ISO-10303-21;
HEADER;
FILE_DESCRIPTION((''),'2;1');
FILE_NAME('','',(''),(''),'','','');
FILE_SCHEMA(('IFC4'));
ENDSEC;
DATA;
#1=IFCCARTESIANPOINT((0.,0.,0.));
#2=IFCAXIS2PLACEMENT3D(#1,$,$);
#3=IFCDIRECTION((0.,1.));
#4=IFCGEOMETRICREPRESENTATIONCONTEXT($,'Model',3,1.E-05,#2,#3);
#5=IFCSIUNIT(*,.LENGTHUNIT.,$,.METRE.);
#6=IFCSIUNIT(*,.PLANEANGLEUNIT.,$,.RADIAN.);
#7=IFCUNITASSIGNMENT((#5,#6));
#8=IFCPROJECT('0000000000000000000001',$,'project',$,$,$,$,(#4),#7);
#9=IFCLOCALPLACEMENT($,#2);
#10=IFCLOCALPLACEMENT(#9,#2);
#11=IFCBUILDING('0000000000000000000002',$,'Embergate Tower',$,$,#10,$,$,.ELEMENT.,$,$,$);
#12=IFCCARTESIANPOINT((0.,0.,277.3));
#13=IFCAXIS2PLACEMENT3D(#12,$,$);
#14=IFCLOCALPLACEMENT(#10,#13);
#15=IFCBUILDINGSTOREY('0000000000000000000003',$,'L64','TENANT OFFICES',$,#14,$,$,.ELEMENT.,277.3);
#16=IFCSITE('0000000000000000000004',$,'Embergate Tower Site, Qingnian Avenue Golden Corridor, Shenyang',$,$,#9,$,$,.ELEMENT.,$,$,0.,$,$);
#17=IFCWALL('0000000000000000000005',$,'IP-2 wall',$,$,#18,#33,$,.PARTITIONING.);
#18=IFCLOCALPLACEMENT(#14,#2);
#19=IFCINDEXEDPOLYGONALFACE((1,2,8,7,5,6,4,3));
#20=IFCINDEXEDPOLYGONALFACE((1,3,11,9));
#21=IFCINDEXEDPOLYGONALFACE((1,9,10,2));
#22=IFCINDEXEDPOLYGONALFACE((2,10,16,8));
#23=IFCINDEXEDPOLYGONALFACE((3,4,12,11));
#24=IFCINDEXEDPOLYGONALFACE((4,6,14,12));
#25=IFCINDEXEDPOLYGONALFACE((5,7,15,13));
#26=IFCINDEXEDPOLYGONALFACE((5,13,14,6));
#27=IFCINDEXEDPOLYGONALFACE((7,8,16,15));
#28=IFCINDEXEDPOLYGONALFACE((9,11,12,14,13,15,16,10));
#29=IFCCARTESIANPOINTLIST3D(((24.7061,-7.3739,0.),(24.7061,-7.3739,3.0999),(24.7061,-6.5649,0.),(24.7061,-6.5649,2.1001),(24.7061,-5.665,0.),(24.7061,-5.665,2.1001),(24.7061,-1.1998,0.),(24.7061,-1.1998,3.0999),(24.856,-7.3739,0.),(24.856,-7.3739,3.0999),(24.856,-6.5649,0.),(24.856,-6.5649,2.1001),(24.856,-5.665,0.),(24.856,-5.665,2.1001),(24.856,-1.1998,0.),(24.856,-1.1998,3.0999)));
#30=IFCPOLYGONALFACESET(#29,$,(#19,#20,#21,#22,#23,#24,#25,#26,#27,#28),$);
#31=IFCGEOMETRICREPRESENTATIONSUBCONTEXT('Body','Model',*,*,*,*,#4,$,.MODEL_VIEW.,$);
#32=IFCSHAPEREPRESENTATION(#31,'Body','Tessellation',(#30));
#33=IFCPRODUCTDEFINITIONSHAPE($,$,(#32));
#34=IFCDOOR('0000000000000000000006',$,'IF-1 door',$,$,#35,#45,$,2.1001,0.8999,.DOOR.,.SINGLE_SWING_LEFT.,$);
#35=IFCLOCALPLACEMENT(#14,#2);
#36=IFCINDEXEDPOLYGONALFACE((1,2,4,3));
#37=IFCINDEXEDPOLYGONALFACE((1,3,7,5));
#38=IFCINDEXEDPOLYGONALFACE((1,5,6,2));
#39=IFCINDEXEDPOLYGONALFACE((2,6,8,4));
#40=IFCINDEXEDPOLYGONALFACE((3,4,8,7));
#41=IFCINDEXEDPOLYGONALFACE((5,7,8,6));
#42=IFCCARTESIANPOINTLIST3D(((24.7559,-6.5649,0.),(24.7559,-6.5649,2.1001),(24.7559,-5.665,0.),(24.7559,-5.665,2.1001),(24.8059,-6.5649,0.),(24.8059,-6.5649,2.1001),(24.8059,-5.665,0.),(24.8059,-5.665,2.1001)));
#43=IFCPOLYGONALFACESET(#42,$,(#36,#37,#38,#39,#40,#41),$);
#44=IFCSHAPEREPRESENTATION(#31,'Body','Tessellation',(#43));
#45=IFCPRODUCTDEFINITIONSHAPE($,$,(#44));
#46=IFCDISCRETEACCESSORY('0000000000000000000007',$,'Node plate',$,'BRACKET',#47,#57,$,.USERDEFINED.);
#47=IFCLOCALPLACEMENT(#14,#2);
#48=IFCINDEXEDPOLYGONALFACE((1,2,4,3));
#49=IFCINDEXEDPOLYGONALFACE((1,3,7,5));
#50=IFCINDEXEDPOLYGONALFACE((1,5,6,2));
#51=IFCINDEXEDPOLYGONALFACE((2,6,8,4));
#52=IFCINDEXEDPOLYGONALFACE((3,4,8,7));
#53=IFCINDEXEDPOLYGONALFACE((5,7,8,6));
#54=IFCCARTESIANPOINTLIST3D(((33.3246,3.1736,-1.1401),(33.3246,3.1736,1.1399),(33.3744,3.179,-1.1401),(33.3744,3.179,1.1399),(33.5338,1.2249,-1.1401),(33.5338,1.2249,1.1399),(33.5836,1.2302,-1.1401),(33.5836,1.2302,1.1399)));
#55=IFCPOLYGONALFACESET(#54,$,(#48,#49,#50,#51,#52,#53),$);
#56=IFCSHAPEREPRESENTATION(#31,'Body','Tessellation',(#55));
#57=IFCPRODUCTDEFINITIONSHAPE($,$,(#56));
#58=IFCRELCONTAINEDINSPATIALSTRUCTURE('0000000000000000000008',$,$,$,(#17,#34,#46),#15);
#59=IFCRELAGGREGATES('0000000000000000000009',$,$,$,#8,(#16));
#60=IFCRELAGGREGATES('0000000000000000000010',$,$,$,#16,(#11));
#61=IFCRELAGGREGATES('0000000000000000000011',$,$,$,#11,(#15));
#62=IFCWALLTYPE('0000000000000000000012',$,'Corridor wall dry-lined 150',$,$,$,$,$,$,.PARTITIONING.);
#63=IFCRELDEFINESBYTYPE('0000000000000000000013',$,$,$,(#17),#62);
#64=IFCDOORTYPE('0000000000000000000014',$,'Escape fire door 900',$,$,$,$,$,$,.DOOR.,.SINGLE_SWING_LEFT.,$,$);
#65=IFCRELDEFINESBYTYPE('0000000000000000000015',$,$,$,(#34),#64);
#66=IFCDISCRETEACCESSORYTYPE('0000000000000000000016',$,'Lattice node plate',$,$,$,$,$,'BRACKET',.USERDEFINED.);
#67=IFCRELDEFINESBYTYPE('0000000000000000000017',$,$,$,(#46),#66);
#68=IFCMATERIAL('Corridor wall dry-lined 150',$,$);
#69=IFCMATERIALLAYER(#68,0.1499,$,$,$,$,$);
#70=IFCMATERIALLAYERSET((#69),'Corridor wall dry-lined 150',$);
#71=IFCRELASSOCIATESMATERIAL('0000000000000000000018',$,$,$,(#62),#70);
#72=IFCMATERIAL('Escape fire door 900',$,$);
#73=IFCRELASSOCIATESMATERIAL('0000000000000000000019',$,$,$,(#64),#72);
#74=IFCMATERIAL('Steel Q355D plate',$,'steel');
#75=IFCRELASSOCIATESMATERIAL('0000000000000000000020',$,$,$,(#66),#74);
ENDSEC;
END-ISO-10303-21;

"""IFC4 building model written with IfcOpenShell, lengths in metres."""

from ifc_helpers import new_model, si_unit, direction, frame, frame_2d, origin, origin_2d, place, context, subcontext, project, spatial, rectangle, extrude, source, transform, mapped, material, layer, layer_set, type_object, element, fill, save


model = new_model("IFC4")

# Units and contexts
model_context = context("Model", 3, precision=1e-05, world=origin(), true_north=direction((0.0, 1.0)))
body_context = subcontext(model_context, "Body", "Model", "MODEL_VIEW")
ifc_project = project(units=[si_unit("LENGTHUNIT", "METRE"), si_unit("PLANEANGLEUNIT", "RADIAN")], contexts=[model_context])

# Site, building, storey
site_placement = place(None, origin())
site = spatial("IfcSite", under=ifc_project, at=site_placement, Name="Embergate Tower Site, Qingnian Avenue Golden Corridor, Shenyang", CompositionType="ELEMENT", RefElevation=0.0)
building_placement = place(site_placement, origin())
building = spatial("IfcBuilding", under=site, at=building_placement, Name="Embergate Tower", CompositionType="ELEMENT")
storey_placement = place(building_placement, frame((0.0, 0.0, 277.3)))
storey = spatial("IfcBuildingStorey", under=building, at=storey_placement, Name="L64", Description="TENANT OFFICES", CompositionType="ELEMENT", Elevation=277.3)

# Shared definitions
ifc_material_1 = material(Name="Corridor wall dry-lined 150")
ifc_layer = layer(ifc_material_1, 0.1499)
ifc_layer_set = layer_set([ifc_layer], Name="Corridor wall dry-lined 150")
wall_type = type_object("IfcWallType", Name="Corridor wall dry-lined 150", PredefinedType="PARTITIONING", material=ifc_layer_set)

# Shared definitions
shared_shape_1 = source(origin(), body_context, "Body", "SweptSolid", [
    extrude(rectangle(XDim=0.8999, YDim=2.1001, at=frame_2d((0.45, 1.05))), frame((0.0, 0.085, 0.0), z_axis=(0.0, -1.0, 0.0), x_axis=(1.0, 0.0, 0.0)), (0.0, 0.0, 1.0), 0.1699),
])
ifc_material_2 = material(Name="Escape fire door 900")
door_type_1 = type_object("IfcDoorType", Name="Escape fire door 900", OperationType="SINGLE_SWING_LEFT", PredefinedType="DOOR", material=ifc_material_2)
shared_shape_2 = source(origin(), body_context, "Body", "SweptSolid", [
    extrude(rectangle(XDim=0.8999, YDim=2.1001, at=frame_2d((0.45, 1.05))), frame((0.0, 0.0249, 0.0), z_axis=(0.0, -1.0, 0.0), x_axis=(1.0, 0.0, 0.0)), (0.0, 0.0, 1.0), 0.05),
])

# Shared definitions
shared_shape_3 = source(origin(), body_context, "Body", "SweptSolid", [
    extrude(rectangle(XDim=6.1741, YDim=0.1499, at=frame_2d((3.0869, 0.0))), origin(), (0.0, 0.0, 1.0), 3.0999),
])

# Wall, opening, door
wall_1_placement = place(storey_placement, frame((24.781, -1.2, 0.0), z_axis=(0.0, 0.0, 1.0), x_axis=(0.0, -1.0, 0.0)))
wall_1 = element("IfcWall", 1, at=wall_1_placement, inside=storey, type_object=wall_type, Name="IP-2 wall", PredefinedType="PARTITIONING", context=body_context, shape_type="MappedRepresentation", body=[
    mapped(shared_shape_3, transform((0.0, 0.0, 0.0))),
])
opening_1_placement = place(wall_1_placement, frame((4.4651, 0.0, 0.0)))
opening_1 = element("IfcOpeningElement", 2, at=opening_1_placement, cuts=wall_1, PredefinedType="OPENING", context=body_context, shape_type="MappedRepresentation", body=[
    mapped(shared_shape_1, transform((0.0, 0.0, 0.0))),
])
door_1_placement = place(opening_1_placement, origin())
door_1 = element("IfcDoor", 3, at=door_1_placement, inside=storey, type_object=door_type_1, Name="IF-1 door", OperationType="SINGLE_SWING_LEFT", OverallHeight=2.1001, OverallWidth=0.8999, PredefinedType="DOOR", context=body_context, shape_type="MappedRepresentation", body=[
    mapped(shared_shape_2, transform((0.0, 0.0, 0.0))),
])
fill(opening_1, door_1)

# Discrete accessory
ifc_material_3 = material(Name="Steel Q355D plate", Category="steel")
discrete_accessory_type = type_object("IfcDiscreteAccessoryType", Name="Lattice node plate", ElementType="BRACKET", PredefinedType="USERDEFINED", material=ifc_material_3)
shared_shape_4 = source(origin(), body_context, "Body", "SweptSolid", [
    extrude(rectangle(XDim=1.96, YDim=0.05, at=origin_2d()), origin(), (0.0, 0.0, 1.0), 2.28),
])
discrete_accessory_placement = place(storey_placement, frame((33.4541, 2.2019, -1.1401), z_axis=(0.0, 0.0, 1.0), x_axis=(-0.10675, 0.994286, 0.0)))
element("IfcDiscreteAccessory", 4, at=discrete_accessory_placement, inside=storey, type_object=discrete_accessory_type, Name="Node plate", ObjectType="BRACKET", PredefinedType="USERDEFINED", context=body_context, shape_type="MappedRepresentation", body=[
    mapped(shared_shape_4, transform((0.0, 0.0, 0.0))),
])

save(model, "model.ifc")
